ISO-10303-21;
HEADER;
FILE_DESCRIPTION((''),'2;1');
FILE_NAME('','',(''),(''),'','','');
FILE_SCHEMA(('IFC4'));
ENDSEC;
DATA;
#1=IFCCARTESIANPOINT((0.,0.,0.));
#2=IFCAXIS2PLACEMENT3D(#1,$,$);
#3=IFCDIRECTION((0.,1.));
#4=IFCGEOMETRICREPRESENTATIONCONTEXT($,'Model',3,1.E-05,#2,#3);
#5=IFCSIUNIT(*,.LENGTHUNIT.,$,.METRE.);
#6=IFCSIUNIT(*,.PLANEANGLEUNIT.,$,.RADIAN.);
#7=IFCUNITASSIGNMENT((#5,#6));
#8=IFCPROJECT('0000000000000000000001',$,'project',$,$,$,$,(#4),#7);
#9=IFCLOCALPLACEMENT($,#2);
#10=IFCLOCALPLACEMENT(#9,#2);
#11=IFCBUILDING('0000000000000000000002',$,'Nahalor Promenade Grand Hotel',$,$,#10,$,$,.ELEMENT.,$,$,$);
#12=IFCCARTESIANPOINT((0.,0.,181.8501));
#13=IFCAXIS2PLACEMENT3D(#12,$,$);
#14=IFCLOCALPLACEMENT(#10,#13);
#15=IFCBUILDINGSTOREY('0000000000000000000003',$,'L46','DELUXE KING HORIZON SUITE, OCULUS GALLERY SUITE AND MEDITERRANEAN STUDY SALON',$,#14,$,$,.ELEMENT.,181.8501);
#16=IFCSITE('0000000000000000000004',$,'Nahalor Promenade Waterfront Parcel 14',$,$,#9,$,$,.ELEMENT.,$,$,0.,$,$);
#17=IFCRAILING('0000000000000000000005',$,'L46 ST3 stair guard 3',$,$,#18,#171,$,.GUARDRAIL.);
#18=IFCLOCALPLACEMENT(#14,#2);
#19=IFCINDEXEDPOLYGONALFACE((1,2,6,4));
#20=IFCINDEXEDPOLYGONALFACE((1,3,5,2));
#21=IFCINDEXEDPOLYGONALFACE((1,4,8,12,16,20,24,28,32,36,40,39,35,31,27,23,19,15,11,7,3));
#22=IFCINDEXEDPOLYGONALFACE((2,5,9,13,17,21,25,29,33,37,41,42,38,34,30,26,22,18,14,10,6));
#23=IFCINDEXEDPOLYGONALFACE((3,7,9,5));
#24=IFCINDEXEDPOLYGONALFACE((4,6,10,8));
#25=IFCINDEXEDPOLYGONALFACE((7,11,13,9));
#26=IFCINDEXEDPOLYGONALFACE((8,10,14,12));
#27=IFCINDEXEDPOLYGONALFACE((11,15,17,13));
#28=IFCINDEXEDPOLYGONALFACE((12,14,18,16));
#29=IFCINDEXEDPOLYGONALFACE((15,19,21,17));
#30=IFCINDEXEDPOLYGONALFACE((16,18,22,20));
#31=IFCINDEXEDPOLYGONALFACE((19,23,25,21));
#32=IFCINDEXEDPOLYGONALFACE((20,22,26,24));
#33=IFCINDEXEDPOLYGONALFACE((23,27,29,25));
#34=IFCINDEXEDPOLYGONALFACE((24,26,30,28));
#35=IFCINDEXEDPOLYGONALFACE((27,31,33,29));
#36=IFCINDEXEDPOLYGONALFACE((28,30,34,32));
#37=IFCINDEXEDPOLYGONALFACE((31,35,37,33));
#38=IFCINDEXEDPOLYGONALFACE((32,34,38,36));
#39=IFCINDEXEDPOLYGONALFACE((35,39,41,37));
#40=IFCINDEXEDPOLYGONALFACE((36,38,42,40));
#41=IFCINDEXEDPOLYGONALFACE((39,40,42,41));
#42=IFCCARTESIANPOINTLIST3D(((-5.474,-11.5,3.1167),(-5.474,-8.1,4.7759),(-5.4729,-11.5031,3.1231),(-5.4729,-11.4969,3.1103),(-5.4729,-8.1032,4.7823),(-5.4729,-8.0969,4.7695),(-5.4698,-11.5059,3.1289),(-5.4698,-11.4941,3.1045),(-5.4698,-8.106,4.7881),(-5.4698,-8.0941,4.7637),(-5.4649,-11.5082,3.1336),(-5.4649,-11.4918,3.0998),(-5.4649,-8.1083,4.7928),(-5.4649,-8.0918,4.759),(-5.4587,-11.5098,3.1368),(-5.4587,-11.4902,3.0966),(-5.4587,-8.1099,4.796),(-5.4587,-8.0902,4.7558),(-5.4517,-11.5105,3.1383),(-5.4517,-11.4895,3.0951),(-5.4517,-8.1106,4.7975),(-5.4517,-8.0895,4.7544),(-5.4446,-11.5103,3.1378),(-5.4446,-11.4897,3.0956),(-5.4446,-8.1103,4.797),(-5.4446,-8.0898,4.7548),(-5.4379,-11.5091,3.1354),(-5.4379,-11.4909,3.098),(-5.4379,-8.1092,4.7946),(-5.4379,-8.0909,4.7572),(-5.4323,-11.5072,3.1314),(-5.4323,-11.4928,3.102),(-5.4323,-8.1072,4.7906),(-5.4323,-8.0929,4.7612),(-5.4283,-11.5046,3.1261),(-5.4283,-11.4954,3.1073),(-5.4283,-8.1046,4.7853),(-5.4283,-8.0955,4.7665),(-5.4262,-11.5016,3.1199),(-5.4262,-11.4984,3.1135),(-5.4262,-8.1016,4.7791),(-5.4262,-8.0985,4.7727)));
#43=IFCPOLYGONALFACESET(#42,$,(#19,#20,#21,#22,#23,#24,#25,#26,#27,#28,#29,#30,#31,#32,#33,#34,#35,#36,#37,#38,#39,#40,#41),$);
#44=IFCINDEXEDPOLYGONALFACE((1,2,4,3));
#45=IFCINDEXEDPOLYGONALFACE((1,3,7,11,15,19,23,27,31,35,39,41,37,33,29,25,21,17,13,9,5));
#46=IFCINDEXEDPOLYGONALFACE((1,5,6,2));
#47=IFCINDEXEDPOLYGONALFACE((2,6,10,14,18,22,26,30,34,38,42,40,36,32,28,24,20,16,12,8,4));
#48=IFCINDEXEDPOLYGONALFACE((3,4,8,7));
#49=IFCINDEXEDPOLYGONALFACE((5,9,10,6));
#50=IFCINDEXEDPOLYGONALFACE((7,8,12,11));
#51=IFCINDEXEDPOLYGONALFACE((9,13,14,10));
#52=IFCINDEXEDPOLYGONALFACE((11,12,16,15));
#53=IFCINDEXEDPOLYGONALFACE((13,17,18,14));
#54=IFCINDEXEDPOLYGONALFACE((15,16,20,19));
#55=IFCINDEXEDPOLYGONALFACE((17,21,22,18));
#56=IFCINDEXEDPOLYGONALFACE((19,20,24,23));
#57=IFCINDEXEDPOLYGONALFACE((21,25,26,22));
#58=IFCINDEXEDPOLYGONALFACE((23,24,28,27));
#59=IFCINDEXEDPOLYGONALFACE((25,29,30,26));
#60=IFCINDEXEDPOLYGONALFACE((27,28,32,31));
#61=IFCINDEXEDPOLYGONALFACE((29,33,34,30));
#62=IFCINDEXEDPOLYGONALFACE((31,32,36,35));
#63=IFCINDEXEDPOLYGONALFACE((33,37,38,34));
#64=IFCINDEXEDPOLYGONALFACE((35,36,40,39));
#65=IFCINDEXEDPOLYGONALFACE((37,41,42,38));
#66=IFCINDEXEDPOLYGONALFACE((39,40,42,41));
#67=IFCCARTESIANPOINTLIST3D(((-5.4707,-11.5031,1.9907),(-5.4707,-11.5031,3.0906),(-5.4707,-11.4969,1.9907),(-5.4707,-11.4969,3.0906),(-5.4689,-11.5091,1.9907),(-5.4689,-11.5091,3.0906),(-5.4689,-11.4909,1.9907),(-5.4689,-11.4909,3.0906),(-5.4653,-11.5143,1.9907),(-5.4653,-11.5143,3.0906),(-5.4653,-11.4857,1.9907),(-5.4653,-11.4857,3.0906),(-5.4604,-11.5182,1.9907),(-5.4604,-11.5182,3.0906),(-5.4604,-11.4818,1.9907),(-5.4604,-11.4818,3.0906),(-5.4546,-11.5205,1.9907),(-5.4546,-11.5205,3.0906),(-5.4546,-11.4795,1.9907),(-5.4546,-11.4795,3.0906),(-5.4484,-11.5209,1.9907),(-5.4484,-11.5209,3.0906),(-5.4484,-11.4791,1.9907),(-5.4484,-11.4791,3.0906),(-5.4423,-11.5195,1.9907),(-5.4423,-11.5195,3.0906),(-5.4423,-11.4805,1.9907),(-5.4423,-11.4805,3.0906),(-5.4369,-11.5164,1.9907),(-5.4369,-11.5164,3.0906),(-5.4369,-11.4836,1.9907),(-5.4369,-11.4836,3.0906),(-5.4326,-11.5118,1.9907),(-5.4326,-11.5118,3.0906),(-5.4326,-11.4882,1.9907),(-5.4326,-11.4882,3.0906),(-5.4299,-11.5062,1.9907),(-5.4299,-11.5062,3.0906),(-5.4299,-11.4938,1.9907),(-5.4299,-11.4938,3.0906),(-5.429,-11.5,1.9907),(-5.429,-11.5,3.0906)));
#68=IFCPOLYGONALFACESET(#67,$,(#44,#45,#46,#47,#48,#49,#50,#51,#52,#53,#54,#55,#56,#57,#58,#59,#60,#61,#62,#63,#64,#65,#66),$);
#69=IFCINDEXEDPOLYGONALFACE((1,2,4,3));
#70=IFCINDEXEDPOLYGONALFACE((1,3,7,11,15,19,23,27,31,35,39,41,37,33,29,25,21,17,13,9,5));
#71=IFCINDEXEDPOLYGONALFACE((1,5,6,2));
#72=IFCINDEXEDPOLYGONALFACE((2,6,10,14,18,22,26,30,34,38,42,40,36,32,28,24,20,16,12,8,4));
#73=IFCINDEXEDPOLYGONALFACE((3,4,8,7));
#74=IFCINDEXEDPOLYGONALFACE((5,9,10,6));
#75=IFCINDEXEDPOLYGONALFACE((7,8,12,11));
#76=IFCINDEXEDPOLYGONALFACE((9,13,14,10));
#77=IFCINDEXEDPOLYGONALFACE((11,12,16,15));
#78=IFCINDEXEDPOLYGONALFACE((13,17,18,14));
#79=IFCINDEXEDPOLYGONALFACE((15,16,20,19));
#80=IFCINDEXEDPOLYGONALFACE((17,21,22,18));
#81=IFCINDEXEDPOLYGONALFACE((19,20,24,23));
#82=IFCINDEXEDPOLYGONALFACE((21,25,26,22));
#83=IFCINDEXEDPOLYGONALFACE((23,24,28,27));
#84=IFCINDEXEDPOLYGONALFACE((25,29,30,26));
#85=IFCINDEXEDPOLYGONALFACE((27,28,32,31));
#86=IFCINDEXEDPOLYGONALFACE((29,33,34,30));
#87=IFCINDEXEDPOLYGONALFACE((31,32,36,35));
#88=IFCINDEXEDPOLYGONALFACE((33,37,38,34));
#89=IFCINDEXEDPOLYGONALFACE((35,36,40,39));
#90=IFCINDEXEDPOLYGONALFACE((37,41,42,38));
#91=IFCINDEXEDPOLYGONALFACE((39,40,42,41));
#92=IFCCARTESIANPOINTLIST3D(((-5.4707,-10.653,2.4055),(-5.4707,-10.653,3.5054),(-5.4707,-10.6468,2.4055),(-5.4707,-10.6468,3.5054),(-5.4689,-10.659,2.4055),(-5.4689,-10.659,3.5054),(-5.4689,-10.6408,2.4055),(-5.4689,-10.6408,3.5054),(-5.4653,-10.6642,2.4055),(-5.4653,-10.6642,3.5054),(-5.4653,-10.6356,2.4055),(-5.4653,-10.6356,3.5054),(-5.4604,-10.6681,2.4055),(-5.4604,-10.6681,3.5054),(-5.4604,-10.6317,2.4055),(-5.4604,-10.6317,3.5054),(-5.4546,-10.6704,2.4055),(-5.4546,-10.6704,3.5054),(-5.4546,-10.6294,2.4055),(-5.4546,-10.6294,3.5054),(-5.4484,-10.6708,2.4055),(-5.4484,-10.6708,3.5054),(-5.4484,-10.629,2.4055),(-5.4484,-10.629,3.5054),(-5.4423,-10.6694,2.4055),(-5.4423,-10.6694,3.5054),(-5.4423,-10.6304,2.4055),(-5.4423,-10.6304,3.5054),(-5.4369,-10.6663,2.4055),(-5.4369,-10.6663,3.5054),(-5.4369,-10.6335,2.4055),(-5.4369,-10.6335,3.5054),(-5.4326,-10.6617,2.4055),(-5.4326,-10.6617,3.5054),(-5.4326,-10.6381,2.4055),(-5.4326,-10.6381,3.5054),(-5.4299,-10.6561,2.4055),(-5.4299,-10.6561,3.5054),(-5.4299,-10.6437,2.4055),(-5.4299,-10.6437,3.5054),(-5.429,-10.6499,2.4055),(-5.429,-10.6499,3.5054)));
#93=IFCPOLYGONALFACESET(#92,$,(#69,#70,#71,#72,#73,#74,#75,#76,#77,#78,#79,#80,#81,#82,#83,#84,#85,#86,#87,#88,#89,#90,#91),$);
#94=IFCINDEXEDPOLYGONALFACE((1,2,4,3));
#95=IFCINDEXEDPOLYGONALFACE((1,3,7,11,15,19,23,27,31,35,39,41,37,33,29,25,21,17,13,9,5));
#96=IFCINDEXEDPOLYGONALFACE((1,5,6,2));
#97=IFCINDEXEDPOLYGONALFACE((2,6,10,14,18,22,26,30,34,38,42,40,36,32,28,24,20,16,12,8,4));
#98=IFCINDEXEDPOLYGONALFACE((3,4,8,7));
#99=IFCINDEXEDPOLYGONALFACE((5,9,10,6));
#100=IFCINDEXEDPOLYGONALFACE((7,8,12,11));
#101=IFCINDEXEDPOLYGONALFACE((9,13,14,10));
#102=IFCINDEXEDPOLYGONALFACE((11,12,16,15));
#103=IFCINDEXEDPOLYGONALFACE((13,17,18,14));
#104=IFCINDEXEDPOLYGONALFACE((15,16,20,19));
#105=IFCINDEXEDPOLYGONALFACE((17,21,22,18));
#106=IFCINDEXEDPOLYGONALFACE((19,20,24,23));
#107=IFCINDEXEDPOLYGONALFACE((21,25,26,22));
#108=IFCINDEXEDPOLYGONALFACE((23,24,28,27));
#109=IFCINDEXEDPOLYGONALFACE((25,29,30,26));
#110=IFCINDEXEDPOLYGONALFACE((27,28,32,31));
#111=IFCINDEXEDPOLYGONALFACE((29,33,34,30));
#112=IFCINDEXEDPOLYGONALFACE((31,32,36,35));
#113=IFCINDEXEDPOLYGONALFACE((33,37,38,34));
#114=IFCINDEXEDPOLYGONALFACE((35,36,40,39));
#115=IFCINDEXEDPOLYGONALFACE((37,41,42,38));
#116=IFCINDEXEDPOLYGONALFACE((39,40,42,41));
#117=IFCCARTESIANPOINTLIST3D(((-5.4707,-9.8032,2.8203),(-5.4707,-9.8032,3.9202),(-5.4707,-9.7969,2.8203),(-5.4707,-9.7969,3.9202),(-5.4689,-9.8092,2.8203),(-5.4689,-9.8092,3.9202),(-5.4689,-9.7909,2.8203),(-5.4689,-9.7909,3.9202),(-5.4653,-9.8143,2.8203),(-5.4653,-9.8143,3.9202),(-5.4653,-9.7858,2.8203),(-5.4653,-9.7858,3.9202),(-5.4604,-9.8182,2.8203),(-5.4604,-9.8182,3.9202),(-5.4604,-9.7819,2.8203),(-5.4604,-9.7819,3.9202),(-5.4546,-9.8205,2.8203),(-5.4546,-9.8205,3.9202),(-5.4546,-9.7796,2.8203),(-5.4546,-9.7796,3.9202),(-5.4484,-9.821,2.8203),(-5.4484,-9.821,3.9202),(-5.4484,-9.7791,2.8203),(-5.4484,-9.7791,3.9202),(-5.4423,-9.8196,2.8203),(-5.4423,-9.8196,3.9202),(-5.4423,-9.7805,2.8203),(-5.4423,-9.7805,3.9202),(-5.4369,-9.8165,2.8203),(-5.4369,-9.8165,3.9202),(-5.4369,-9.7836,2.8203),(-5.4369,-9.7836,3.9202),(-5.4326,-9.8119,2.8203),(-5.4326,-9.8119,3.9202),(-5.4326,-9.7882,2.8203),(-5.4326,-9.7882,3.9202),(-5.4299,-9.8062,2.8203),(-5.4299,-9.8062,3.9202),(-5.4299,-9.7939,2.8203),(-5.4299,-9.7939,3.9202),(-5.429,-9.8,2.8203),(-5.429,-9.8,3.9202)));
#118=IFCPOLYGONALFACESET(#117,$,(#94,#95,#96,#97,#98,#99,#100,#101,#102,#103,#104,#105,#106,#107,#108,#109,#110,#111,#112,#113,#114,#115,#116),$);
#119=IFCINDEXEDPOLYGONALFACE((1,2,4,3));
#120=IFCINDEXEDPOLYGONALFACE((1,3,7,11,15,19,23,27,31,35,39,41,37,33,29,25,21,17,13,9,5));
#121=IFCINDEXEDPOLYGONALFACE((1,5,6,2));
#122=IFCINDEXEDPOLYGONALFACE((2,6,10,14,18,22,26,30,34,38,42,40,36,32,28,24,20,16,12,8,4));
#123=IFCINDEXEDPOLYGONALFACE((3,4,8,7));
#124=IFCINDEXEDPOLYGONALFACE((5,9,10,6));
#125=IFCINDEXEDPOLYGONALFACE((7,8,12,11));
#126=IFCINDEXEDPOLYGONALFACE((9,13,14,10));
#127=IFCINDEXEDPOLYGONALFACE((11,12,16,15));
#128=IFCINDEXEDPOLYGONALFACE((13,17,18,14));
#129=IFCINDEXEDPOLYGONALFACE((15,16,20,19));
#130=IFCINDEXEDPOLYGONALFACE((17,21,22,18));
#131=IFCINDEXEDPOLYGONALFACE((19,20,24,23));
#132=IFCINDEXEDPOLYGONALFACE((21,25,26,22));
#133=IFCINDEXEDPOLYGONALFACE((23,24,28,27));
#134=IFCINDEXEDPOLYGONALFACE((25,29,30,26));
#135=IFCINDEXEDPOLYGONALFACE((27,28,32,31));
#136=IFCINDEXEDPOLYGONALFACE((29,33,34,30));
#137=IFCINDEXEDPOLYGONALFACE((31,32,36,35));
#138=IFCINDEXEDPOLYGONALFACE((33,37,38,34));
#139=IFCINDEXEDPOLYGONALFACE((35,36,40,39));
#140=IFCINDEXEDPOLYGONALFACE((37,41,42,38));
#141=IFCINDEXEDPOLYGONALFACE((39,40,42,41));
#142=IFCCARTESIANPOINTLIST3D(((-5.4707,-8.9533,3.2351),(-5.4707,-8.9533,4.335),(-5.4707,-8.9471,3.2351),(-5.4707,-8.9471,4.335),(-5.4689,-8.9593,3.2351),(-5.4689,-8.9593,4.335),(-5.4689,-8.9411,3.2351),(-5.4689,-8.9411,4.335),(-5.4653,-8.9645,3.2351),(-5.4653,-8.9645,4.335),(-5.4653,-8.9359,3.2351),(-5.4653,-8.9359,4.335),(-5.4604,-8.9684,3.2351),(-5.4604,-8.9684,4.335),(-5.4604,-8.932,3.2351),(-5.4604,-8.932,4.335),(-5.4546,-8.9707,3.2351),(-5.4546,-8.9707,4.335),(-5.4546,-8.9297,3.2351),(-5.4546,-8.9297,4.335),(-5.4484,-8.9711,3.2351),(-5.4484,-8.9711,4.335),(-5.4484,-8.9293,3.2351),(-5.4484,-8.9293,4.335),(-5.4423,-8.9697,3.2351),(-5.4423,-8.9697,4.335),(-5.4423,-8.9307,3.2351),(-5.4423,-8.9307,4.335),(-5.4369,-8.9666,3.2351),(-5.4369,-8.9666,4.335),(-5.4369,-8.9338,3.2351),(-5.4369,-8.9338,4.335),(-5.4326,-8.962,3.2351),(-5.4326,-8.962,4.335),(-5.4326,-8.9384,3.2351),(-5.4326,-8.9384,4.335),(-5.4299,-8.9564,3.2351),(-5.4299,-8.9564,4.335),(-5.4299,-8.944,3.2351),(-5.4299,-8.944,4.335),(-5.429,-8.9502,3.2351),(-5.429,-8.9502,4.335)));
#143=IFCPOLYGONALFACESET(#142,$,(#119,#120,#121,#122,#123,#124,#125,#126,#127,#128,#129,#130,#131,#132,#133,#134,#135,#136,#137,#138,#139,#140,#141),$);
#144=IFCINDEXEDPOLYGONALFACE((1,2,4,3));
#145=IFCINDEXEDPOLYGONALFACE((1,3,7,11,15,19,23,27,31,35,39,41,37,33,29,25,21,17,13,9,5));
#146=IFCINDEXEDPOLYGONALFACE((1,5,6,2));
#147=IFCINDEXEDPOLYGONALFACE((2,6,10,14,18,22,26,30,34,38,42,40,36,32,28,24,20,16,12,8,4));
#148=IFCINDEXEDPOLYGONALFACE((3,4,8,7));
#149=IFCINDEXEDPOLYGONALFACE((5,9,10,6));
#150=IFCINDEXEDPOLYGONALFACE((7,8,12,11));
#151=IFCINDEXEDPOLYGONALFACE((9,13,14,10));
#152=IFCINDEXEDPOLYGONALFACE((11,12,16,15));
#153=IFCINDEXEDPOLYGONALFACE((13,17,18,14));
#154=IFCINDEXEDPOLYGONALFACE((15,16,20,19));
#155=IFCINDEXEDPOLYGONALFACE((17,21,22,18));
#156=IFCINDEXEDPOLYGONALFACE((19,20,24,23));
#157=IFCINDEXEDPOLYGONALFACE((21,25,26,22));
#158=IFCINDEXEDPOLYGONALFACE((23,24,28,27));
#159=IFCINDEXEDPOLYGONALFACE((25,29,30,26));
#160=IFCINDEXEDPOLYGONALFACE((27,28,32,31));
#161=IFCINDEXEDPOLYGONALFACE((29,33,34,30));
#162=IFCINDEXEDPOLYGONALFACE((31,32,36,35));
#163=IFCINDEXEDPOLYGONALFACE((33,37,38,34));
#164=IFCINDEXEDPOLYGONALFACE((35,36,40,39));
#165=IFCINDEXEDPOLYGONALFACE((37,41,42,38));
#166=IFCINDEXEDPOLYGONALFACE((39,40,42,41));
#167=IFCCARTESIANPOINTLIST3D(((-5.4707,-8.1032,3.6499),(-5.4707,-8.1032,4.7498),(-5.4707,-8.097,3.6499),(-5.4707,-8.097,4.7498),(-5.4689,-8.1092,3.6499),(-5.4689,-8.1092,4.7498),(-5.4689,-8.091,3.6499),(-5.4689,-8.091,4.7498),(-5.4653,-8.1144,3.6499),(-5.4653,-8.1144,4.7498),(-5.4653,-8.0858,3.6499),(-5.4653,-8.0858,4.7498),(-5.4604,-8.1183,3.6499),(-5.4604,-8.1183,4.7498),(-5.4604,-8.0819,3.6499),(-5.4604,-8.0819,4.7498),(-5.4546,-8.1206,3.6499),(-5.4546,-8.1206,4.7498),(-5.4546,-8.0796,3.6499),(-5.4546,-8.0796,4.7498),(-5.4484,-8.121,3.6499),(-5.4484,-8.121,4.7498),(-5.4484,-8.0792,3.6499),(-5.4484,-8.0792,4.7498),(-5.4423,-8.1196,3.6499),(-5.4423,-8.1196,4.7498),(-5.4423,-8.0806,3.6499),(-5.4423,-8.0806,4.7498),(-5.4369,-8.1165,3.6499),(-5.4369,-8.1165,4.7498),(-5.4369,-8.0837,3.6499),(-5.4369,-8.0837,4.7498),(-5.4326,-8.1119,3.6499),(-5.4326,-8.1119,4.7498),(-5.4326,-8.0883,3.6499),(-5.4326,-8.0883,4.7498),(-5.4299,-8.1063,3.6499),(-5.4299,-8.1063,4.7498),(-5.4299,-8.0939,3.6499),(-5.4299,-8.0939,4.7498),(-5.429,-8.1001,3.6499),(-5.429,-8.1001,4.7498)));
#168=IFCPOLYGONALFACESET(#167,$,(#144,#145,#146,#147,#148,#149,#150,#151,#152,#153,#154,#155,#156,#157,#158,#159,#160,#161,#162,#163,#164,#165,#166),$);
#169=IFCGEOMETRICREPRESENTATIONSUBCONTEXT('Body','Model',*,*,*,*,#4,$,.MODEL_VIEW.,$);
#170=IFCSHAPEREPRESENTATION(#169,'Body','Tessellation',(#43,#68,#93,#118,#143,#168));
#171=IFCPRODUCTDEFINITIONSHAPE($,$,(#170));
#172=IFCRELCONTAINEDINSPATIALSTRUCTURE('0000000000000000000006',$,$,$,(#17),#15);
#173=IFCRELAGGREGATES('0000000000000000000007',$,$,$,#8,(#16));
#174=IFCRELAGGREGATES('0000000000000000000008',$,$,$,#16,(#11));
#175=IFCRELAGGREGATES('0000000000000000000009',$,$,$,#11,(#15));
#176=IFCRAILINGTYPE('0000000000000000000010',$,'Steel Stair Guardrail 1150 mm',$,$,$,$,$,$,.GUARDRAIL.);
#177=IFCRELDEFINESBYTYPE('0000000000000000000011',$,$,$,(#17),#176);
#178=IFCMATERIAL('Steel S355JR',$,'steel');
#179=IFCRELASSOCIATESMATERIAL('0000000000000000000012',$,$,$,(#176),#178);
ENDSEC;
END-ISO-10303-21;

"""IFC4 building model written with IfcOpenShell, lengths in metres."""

from ifc_helpers import new_model, si_unit, direction, frame, origin, origin_2d, place, context, subcontext, project, spatial, circle, extrude, material, type_object, element, save


model = new_model("IFC4")

# Units and contexts
model_context = context("Model", 3, precision=1e-05, world=origin(), true_north=direction((0.0, 1.0)))
body_context = subcontext(model_context, "Body", "Model", "MODEL_VIEW")
ifc_project = project(units=[si_unit("LENGTHUNIT", "METRE"), si_unit("PLANEANGLEUNIT", "RADIAN")], contexts=[model_context])

# Site, building, storey
site_placement = place(None, origin())
site = spatial("IfcSite", under=ifc_project, at=site_placement, Name="Nahalor Promenade Waterfront Parcel 14", CompositionType="ELEMENT", RefElevation=0.0)
building_placement = place(site_placement, origin())
building = spatial("IfcBuilding", under=site, at=building_placement, Name="Nahalor Promenade Grand Hotel", CompositionType="ELEMENT")
storey_placement = place(building_placement, frame((0.0, 0.0, 181.8501)))
storey = spatial("IfcBuildingStorey", under=building, at=storey_placement, Name="L46", Description="DELUXE KING HORIZON SUITE, OCULUS GALLERY SUITE AND MEDITERRANEAN STUDY SALON", CompositionType="ELEMENT", Elevation=181.8501)

# Shared definitions
ifc_material_1 = material(Name="Steel S355JR", Category="steel")

# Railing
railing_type_1 = type_object("IfcRailingType", Name="Steel Stair Guardrail 1150 mm", PredefinedType="GUARDRAIL", material=ifc_material_1)
railing_1_placement = place(storey_placement, frame((-5.45, -11.5, 1.9907)))
element("IfcRailing", 1, at=railing_1_placement, inside=storey, type_object=railing_type_1, Name="L46 ST3 stair guard 3", PredefinedType="GUARDRAIL", context=body_context, shape_type="SweptSolid", body=[
    extrude(circle(Radius=0.024, at=origin_2d()), frame((0.0, 0.0, 1.126), z_axis=(0.0, 0.898696, 0.438571), x_axis=(-1.0, 0.0, 0.0)), (0.0, 0.0, 1.0), 3.7832),
    extrude(circle(Radius=0.021, at=origin_2d()), origin(), (0.0, 0.0, 1.0), 1.0999),
    extrude(circle(Radius=0.021, at=origin_2d()), frame((0.0, 0.8501, 0.4148)), (0.0, 0.0, 1.0), 1.0999),
    extrude(circle(Radius=0.021, at=origin_2d()), frame((0.0, 1.7, 0.8296)), (0.0, 0.0, 1.0), 1.0999),
    extrude(circle(Radius=0.021, at=origin_2d()), frame((0.0, 2.5498, 1.2444)), (0.0, 0.0, 1.0), 1.0999),
    extrude(circle(Radius=0.021, at=origin_2d()), frame((0.0, 3.3999, 1.6592)), (0.0, 0.0, 1.0), 1.0999),
])

save(model, "model.ifc")
